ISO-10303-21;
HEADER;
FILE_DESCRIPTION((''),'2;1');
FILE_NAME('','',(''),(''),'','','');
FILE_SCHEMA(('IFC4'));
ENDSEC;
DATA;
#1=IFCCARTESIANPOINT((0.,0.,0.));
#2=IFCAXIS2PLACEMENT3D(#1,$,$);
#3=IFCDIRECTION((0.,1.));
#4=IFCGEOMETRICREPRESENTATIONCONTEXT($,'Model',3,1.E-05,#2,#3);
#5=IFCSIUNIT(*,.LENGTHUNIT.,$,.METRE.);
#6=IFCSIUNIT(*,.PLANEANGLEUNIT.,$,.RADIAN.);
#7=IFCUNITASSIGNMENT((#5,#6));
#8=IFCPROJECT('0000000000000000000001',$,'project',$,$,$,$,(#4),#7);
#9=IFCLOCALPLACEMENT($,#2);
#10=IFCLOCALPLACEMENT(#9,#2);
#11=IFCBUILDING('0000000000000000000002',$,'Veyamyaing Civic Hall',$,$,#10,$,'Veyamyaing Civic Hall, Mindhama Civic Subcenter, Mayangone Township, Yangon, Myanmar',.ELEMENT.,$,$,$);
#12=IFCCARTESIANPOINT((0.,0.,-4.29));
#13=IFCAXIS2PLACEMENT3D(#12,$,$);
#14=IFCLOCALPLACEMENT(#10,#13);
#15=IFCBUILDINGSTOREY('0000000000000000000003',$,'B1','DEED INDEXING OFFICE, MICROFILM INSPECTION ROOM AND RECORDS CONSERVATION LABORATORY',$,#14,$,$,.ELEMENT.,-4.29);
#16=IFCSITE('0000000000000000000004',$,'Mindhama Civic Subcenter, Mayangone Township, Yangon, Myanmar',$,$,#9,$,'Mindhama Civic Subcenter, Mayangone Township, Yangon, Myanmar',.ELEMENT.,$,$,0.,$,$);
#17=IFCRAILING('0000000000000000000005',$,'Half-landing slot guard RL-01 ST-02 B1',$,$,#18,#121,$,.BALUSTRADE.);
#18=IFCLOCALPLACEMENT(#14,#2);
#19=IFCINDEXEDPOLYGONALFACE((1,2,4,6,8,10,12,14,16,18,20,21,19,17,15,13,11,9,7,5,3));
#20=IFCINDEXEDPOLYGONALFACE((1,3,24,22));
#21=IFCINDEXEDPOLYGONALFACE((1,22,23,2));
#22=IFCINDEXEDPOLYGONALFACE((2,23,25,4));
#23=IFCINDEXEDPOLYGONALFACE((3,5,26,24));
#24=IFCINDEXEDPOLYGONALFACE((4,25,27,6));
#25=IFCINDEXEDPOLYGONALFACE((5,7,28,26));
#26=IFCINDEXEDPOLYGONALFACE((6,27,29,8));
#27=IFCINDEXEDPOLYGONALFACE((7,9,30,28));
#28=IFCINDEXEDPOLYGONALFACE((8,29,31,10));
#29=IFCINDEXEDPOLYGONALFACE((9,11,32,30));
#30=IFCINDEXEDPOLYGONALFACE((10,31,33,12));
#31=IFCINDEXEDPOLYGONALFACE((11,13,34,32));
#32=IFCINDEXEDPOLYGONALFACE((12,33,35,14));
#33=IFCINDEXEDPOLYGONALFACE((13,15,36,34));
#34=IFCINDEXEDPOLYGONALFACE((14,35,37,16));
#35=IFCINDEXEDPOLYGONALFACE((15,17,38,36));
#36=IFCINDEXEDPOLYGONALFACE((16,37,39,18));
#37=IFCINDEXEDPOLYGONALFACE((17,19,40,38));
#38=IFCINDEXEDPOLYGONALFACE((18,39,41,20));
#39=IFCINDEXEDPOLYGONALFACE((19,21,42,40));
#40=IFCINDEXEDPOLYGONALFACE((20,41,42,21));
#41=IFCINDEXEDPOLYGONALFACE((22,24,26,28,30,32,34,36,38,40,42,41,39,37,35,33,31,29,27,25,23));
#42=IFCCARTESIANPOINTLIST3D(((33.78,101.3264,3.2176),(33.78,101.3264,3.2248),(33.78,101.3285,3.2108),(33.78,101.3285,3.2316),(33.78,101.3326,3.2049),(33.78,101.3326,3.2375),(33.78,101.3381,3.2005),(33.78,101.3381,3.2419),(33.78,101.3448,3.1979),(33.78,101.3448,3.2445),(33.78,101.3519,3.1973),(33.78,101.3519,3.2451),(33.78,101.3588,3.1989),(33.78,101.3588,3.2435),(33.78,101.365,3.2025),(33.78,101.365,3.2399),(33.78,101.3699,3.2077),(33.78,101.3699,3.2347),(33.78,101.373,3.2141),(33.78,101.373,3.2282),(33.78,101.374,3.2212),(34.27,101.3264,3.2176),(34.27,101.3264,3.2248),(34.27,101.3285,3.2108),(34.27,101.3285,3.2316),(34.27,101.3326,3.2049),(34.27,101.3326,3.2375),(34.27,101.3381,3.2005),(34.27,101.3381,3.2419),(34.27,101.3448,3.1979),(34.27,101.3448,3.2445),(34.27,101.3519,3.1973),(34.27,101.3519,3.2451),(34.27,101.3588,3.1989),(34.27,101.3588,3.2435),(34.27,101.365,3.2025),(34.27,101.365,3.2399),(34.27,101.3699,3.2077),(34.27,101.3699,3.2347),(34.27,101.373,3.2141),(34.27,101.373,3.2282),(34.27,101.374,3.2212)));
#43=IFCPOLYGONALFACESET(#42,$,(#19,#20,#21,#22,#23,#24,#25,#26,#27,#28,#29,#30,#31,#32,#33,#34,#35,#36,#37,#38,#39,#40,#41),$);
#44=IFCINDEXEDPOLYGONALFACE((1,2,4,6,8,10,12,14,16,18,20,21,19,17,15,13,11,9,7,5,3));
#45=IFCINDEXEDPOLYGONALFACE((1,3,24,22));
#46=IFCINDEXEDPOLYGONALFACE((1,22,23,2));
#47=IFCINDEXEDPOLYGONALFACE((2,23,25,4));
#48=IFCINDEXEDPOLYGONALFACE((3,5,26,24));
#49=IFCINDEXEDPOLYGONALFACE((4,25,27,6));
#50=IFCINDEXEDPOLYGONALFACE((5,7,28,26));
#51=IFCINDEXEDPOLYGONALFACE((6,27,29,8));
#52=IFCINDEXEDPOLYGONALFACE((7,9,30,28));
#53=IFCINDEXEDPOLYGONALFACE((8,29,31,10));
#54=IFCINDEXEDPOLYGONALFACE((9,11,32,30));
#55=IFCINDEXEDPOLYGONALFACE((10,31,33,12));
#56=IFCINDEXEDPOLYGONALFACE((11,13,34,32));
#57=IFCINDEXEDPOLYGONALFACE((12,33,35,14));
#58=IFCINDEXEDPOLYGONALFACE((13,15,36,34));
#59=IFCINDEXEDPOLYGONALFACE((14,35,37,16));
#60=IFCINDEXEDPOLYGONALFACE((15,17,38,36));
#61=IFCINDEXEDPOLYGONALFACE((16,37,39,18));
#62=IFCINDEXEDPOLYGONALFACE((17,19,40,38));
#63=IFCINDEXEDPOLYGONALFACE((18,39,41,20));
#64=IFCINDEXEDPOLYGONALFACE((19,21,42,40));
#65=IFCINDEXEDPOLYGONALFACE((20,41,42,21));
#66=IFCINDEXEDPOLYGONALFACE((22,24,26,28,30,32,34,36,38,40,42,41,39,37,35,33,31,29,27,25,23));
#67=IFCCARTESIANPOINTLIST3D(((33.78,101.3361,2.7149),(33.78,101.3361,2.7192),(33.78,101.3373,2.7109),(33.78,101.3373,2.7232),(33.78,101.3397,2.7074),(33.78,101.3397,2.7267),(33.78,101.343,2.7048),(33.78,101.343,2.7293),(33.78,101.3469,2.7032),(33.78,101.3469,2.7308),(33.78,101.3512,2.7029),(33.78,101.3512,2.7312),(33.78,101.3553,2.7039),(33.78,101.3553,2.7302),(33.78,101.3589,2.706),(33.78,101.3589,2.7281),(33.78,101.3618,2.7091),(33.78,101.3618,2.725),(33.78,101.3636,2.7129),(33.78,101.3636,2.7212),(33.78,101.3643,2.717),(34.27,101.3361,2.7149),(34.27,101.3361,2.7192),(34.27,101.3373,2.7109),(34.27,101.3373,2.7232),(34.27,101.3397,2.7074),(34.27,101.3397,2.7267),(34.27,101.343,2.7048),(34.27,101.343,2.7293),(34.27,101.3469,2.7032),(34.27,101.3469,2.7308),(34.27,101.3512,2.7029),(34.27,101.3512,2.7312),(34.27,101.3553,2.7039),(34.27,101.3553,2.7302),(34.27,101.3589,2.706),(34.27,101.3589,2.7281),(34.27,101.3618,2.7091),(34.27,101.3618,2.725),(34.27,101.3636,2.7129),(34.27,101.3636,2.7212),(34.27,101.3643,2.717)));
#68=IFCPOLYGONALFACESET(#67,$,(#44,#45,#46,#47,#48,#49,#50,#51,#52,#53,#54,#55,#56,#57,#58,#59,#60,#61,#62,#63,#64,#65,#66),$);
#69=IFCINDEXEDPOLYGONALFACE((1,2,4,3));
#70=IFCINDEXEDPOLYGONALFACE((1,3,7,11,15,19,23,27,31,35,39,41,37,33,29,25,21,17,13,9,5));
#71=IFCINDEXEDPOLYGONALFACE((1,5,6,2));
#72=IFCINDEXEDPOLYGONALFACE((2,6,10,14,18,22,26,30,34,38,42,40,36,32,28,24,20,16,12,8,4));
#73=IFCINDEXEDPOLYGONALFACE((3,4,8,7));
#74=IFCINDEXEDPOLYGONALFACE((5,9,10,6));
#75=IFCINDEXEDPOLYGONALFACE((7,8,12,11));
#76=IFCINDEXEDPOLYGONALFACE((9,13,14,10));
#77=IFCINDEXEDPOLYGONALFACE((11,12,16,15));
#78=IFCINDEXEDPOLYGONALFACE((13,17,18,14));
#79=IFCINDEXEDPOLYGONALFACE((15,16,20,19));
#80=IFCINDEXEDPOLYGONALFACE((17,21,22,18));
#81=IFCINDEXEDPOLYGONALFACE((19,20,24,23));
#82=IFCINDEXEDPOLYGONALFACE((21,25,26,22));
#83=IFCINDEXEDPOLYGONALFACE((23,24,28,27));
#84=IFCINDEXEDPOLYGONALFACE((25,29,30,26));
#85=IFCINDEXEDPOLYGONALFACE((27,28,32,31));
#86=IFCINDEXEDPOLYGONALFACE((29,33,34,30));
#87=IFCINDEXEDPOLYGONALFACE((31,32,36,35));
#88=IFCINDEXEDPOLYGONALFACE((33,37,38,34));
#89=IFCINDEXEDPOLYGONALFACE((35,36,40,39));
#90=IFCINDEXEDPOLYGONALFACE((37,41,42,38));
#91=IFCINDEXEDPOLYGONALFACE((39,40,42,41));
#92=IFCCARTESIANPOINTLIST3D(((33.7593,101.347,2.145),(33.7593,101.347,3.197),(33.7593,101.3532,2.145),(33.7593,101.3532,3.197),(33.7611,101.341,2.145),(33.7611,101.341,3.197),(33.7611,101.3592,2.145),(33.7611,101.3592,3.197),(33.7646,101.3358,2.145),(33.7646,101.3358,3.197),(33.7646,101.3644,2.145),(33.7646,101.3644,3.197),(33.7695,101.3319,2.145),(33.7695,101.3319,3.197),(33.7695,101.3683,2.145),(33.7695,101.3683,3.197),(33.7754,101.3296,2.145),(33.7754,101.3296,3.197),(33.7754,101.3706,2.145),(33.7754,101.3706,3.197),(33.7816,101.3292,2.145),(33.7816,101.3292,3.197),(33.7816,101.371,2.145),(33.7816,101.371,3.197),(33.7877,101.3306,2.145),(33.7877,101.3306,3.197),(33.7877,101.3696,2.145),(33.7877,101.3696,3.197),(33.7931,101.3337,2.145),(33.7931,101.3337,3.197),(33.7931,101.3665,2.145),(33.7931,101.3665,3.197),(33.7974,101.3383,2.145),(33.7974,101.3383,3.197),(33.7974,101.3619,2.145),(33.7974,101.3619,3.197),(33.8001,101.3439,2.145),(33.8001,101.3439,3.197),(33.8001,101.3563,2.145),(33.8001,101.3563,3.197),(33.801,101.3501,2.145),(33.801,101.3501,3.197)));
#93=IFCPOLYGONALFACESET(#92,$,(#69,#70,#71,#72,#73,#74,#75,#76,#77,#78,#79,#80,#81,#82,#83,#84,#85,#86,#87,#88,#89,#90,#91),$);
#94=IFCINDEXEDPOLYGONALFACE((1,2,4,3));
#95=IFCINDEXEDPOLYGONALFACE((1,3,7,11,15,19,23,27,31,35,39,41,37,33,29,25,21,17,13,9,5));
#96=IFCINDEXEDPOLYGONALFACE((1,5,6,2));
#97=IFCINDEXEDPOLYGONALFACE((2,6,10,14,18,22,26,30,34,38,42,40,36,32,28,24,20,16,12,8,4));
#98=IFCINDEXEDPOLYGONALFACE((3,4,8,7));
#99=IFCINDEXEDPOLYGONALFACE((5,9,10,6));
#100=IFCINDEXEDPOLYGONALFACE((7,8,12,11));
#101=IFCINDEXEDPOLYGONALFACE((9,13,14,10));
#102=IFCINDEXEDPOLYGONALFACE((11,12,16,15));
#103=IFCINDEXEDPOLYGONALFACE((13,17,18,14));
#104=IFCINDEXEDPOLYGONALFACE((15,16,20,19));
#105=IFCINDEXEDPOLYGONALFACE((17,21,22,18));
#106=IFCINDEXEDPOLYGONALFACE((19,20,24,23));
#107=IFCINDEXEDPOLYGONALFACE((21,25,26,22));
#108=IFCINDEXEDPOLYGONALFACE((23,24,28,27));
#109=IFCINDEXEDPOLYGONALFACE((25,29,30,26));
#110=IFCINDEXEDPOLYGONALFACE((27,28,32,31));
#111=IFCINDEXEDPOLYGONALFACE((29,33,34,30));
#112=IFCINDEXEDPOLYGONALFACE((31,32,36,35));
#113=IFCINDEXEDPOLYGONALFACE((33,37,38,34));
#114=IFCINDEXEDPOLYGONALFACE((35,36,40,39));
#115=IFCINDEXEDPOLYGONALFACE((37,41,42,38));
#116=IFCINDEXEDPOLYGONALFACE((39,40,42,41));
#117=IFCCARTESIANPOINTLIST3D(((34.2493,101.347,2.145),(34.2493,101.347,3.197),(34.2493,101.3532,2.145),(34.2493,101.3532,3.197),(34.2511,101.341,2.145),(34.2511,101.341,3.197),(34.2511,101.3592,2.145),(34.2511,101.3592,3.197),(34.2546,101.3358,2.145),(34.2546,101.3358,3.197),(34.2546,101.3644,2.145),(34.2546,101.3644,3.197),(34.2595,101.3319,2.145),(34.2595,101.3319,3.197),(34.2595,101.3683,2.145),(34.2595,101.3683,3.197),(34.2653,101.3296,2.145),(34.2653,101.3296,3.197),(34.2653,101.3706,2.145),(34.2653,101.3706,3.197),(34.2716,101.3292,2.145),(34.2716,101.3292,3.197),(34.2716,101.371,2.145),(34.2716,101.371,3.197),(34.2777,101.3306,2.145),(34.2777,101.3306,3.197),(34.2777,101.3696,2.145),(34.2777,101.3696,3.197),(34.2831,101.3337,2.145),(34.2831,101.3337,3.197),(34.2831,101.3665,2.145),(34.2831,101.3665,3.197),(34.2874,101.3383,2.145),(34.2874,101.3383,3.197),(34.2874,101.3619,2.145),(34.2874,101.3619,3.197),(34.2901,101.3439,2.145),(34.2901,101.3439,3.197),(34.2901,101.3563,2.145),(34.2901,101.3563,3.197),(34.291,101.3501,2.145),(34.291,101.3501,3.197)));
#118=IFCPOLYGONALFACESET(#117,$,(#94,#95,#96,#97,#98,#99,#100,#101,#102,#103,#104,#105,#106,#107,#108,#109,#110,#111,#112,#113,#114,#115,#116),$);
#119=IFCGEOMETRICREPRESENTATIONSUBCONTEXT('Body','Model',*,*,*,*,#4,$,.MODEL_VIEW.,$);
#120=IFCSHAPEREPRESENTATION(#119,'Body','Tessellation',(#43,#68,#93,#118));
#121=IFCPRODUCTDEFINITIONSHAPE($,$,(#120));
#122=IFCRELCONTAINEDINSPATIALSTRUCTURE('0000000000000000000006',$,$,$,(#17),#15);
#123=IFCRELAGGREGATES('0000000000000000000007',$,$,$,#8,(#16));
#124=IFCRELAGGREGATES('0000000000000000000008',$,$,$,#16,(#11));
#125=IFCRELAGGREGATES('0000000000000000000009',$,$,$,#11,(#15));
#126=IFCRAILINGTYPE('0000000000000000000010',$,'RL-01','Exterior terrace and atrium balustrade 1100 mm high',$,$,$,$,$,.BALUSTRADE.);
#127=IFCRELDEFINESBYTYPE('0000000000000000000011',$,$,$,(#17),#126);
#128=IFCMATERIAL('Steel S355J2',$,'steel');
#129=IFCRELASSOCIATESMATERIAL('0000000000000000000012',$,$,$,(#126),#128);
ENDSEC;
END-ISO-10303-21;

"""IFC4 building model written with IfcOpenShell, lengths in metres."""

from ifc_helpers import new_model, si_unit, direction, frame, origin, origin_2d, place, context, subcontext, project, spatial, circle, extrude, material, type_object, element, save


model = new_model("IFC4")

# Units and contexts
model_context = context("Model", 3, precision=1e-05, world=origin(), true_north=direction((0.0, 1.0)))
body_context = subcontext(model_context, "Body", "Model", "MODEL_VIEW")
ifc_project = project(units=[si_unit("LENGTHUNIT", "METRE"), si_unit("PLANEANGLEUNIT", "RADIAN")], contexts=[model_context])

# Site, building, storey
site_placement = place(None, origin())
site = spatial("IfcSite", under=ifc_project, at=site_placement, Name="Mindhama Civic Subcenter, Mayangone Township, Yangon, Myanmar", LongName="Mindhama Civic Subcenter, Mayangone Township, Yangon, Myanmar", CompositionType="ELEMENT", RefElevation=0.0)
building_placement = place(site_placement, origin())
building = spatial("IfcBuilding", under=site, at=building_placement, Name="Veyamyaing Civic Hall", LongName="Veyamyaing Civic Hall, Mindhama Civic Subcenter, Mayangone Township, Yangon, Myanmar", CompositionType="ELEMENT")
storey_placement = place(building_placement, frame((0.0, 0.0, -4.29)))
storey = spatial("IfcBuildingStorey", under=building, at=storey_placement, Name="B1", Description="DEED INDEXING OFFICE, MICROFILM INSPECTION ROOM AND RECORDS CONSERVATION LABORATORY", CompositionType="ELEMENT", Elevation=-4.29)

# Railing
ifc_material_1 = material(Name="Steel S355J2", Category="steel")
railing_type_1 = type_object("IfcRailingType", Name="RL-01", Description="Exterior terrace and atrium balustrade 1100 mm high", PredefinedType="BALUSTRADE", material=ifc_material_1)
railing_1_placement = place(storey_placement, frame((33.78, 101.3501, 2.145)))
element("IfcRailing", 1, at=railing_1_placement, inside=storey, type_object=railing_type_1, Name="Half-landing slot guard RL-01 ST-02 B1", PredefinedType="BALUSTRADE", context=body_context, shape_type="SweptSolid", body=[
    extrude(circle(Radius=0.0239, at=origin_2d()), frame((0.0, 0.0, 1.0762), z_axis=(1.0, 0.0, 0.0), x_axis=(0.0, 1.0, 0.0)), (0.0, 0.0, 1.0), 0.49),
    extrude(circle(Radius=0.0142, at=origin_2d()), frame((0.0, 0.0, 0.572), z_axis=(1.0, 0.0, 0.0), x_axis=(0.0, 1.0, 0.0)), (0.0, 0.0, 1.0), 0.49),
    extrude(circle(Radius=0.021, at=origin_2d()), origin(), (0.0, 0.0, 1.0), 1.052),
    extrude(circle(Radius=0.021, at=origin_2d()), frame((0.49, 0.0, 0.0)), (0.0, 0.0, 1.0), 1.052),
])

save(model, "model.ifc")
